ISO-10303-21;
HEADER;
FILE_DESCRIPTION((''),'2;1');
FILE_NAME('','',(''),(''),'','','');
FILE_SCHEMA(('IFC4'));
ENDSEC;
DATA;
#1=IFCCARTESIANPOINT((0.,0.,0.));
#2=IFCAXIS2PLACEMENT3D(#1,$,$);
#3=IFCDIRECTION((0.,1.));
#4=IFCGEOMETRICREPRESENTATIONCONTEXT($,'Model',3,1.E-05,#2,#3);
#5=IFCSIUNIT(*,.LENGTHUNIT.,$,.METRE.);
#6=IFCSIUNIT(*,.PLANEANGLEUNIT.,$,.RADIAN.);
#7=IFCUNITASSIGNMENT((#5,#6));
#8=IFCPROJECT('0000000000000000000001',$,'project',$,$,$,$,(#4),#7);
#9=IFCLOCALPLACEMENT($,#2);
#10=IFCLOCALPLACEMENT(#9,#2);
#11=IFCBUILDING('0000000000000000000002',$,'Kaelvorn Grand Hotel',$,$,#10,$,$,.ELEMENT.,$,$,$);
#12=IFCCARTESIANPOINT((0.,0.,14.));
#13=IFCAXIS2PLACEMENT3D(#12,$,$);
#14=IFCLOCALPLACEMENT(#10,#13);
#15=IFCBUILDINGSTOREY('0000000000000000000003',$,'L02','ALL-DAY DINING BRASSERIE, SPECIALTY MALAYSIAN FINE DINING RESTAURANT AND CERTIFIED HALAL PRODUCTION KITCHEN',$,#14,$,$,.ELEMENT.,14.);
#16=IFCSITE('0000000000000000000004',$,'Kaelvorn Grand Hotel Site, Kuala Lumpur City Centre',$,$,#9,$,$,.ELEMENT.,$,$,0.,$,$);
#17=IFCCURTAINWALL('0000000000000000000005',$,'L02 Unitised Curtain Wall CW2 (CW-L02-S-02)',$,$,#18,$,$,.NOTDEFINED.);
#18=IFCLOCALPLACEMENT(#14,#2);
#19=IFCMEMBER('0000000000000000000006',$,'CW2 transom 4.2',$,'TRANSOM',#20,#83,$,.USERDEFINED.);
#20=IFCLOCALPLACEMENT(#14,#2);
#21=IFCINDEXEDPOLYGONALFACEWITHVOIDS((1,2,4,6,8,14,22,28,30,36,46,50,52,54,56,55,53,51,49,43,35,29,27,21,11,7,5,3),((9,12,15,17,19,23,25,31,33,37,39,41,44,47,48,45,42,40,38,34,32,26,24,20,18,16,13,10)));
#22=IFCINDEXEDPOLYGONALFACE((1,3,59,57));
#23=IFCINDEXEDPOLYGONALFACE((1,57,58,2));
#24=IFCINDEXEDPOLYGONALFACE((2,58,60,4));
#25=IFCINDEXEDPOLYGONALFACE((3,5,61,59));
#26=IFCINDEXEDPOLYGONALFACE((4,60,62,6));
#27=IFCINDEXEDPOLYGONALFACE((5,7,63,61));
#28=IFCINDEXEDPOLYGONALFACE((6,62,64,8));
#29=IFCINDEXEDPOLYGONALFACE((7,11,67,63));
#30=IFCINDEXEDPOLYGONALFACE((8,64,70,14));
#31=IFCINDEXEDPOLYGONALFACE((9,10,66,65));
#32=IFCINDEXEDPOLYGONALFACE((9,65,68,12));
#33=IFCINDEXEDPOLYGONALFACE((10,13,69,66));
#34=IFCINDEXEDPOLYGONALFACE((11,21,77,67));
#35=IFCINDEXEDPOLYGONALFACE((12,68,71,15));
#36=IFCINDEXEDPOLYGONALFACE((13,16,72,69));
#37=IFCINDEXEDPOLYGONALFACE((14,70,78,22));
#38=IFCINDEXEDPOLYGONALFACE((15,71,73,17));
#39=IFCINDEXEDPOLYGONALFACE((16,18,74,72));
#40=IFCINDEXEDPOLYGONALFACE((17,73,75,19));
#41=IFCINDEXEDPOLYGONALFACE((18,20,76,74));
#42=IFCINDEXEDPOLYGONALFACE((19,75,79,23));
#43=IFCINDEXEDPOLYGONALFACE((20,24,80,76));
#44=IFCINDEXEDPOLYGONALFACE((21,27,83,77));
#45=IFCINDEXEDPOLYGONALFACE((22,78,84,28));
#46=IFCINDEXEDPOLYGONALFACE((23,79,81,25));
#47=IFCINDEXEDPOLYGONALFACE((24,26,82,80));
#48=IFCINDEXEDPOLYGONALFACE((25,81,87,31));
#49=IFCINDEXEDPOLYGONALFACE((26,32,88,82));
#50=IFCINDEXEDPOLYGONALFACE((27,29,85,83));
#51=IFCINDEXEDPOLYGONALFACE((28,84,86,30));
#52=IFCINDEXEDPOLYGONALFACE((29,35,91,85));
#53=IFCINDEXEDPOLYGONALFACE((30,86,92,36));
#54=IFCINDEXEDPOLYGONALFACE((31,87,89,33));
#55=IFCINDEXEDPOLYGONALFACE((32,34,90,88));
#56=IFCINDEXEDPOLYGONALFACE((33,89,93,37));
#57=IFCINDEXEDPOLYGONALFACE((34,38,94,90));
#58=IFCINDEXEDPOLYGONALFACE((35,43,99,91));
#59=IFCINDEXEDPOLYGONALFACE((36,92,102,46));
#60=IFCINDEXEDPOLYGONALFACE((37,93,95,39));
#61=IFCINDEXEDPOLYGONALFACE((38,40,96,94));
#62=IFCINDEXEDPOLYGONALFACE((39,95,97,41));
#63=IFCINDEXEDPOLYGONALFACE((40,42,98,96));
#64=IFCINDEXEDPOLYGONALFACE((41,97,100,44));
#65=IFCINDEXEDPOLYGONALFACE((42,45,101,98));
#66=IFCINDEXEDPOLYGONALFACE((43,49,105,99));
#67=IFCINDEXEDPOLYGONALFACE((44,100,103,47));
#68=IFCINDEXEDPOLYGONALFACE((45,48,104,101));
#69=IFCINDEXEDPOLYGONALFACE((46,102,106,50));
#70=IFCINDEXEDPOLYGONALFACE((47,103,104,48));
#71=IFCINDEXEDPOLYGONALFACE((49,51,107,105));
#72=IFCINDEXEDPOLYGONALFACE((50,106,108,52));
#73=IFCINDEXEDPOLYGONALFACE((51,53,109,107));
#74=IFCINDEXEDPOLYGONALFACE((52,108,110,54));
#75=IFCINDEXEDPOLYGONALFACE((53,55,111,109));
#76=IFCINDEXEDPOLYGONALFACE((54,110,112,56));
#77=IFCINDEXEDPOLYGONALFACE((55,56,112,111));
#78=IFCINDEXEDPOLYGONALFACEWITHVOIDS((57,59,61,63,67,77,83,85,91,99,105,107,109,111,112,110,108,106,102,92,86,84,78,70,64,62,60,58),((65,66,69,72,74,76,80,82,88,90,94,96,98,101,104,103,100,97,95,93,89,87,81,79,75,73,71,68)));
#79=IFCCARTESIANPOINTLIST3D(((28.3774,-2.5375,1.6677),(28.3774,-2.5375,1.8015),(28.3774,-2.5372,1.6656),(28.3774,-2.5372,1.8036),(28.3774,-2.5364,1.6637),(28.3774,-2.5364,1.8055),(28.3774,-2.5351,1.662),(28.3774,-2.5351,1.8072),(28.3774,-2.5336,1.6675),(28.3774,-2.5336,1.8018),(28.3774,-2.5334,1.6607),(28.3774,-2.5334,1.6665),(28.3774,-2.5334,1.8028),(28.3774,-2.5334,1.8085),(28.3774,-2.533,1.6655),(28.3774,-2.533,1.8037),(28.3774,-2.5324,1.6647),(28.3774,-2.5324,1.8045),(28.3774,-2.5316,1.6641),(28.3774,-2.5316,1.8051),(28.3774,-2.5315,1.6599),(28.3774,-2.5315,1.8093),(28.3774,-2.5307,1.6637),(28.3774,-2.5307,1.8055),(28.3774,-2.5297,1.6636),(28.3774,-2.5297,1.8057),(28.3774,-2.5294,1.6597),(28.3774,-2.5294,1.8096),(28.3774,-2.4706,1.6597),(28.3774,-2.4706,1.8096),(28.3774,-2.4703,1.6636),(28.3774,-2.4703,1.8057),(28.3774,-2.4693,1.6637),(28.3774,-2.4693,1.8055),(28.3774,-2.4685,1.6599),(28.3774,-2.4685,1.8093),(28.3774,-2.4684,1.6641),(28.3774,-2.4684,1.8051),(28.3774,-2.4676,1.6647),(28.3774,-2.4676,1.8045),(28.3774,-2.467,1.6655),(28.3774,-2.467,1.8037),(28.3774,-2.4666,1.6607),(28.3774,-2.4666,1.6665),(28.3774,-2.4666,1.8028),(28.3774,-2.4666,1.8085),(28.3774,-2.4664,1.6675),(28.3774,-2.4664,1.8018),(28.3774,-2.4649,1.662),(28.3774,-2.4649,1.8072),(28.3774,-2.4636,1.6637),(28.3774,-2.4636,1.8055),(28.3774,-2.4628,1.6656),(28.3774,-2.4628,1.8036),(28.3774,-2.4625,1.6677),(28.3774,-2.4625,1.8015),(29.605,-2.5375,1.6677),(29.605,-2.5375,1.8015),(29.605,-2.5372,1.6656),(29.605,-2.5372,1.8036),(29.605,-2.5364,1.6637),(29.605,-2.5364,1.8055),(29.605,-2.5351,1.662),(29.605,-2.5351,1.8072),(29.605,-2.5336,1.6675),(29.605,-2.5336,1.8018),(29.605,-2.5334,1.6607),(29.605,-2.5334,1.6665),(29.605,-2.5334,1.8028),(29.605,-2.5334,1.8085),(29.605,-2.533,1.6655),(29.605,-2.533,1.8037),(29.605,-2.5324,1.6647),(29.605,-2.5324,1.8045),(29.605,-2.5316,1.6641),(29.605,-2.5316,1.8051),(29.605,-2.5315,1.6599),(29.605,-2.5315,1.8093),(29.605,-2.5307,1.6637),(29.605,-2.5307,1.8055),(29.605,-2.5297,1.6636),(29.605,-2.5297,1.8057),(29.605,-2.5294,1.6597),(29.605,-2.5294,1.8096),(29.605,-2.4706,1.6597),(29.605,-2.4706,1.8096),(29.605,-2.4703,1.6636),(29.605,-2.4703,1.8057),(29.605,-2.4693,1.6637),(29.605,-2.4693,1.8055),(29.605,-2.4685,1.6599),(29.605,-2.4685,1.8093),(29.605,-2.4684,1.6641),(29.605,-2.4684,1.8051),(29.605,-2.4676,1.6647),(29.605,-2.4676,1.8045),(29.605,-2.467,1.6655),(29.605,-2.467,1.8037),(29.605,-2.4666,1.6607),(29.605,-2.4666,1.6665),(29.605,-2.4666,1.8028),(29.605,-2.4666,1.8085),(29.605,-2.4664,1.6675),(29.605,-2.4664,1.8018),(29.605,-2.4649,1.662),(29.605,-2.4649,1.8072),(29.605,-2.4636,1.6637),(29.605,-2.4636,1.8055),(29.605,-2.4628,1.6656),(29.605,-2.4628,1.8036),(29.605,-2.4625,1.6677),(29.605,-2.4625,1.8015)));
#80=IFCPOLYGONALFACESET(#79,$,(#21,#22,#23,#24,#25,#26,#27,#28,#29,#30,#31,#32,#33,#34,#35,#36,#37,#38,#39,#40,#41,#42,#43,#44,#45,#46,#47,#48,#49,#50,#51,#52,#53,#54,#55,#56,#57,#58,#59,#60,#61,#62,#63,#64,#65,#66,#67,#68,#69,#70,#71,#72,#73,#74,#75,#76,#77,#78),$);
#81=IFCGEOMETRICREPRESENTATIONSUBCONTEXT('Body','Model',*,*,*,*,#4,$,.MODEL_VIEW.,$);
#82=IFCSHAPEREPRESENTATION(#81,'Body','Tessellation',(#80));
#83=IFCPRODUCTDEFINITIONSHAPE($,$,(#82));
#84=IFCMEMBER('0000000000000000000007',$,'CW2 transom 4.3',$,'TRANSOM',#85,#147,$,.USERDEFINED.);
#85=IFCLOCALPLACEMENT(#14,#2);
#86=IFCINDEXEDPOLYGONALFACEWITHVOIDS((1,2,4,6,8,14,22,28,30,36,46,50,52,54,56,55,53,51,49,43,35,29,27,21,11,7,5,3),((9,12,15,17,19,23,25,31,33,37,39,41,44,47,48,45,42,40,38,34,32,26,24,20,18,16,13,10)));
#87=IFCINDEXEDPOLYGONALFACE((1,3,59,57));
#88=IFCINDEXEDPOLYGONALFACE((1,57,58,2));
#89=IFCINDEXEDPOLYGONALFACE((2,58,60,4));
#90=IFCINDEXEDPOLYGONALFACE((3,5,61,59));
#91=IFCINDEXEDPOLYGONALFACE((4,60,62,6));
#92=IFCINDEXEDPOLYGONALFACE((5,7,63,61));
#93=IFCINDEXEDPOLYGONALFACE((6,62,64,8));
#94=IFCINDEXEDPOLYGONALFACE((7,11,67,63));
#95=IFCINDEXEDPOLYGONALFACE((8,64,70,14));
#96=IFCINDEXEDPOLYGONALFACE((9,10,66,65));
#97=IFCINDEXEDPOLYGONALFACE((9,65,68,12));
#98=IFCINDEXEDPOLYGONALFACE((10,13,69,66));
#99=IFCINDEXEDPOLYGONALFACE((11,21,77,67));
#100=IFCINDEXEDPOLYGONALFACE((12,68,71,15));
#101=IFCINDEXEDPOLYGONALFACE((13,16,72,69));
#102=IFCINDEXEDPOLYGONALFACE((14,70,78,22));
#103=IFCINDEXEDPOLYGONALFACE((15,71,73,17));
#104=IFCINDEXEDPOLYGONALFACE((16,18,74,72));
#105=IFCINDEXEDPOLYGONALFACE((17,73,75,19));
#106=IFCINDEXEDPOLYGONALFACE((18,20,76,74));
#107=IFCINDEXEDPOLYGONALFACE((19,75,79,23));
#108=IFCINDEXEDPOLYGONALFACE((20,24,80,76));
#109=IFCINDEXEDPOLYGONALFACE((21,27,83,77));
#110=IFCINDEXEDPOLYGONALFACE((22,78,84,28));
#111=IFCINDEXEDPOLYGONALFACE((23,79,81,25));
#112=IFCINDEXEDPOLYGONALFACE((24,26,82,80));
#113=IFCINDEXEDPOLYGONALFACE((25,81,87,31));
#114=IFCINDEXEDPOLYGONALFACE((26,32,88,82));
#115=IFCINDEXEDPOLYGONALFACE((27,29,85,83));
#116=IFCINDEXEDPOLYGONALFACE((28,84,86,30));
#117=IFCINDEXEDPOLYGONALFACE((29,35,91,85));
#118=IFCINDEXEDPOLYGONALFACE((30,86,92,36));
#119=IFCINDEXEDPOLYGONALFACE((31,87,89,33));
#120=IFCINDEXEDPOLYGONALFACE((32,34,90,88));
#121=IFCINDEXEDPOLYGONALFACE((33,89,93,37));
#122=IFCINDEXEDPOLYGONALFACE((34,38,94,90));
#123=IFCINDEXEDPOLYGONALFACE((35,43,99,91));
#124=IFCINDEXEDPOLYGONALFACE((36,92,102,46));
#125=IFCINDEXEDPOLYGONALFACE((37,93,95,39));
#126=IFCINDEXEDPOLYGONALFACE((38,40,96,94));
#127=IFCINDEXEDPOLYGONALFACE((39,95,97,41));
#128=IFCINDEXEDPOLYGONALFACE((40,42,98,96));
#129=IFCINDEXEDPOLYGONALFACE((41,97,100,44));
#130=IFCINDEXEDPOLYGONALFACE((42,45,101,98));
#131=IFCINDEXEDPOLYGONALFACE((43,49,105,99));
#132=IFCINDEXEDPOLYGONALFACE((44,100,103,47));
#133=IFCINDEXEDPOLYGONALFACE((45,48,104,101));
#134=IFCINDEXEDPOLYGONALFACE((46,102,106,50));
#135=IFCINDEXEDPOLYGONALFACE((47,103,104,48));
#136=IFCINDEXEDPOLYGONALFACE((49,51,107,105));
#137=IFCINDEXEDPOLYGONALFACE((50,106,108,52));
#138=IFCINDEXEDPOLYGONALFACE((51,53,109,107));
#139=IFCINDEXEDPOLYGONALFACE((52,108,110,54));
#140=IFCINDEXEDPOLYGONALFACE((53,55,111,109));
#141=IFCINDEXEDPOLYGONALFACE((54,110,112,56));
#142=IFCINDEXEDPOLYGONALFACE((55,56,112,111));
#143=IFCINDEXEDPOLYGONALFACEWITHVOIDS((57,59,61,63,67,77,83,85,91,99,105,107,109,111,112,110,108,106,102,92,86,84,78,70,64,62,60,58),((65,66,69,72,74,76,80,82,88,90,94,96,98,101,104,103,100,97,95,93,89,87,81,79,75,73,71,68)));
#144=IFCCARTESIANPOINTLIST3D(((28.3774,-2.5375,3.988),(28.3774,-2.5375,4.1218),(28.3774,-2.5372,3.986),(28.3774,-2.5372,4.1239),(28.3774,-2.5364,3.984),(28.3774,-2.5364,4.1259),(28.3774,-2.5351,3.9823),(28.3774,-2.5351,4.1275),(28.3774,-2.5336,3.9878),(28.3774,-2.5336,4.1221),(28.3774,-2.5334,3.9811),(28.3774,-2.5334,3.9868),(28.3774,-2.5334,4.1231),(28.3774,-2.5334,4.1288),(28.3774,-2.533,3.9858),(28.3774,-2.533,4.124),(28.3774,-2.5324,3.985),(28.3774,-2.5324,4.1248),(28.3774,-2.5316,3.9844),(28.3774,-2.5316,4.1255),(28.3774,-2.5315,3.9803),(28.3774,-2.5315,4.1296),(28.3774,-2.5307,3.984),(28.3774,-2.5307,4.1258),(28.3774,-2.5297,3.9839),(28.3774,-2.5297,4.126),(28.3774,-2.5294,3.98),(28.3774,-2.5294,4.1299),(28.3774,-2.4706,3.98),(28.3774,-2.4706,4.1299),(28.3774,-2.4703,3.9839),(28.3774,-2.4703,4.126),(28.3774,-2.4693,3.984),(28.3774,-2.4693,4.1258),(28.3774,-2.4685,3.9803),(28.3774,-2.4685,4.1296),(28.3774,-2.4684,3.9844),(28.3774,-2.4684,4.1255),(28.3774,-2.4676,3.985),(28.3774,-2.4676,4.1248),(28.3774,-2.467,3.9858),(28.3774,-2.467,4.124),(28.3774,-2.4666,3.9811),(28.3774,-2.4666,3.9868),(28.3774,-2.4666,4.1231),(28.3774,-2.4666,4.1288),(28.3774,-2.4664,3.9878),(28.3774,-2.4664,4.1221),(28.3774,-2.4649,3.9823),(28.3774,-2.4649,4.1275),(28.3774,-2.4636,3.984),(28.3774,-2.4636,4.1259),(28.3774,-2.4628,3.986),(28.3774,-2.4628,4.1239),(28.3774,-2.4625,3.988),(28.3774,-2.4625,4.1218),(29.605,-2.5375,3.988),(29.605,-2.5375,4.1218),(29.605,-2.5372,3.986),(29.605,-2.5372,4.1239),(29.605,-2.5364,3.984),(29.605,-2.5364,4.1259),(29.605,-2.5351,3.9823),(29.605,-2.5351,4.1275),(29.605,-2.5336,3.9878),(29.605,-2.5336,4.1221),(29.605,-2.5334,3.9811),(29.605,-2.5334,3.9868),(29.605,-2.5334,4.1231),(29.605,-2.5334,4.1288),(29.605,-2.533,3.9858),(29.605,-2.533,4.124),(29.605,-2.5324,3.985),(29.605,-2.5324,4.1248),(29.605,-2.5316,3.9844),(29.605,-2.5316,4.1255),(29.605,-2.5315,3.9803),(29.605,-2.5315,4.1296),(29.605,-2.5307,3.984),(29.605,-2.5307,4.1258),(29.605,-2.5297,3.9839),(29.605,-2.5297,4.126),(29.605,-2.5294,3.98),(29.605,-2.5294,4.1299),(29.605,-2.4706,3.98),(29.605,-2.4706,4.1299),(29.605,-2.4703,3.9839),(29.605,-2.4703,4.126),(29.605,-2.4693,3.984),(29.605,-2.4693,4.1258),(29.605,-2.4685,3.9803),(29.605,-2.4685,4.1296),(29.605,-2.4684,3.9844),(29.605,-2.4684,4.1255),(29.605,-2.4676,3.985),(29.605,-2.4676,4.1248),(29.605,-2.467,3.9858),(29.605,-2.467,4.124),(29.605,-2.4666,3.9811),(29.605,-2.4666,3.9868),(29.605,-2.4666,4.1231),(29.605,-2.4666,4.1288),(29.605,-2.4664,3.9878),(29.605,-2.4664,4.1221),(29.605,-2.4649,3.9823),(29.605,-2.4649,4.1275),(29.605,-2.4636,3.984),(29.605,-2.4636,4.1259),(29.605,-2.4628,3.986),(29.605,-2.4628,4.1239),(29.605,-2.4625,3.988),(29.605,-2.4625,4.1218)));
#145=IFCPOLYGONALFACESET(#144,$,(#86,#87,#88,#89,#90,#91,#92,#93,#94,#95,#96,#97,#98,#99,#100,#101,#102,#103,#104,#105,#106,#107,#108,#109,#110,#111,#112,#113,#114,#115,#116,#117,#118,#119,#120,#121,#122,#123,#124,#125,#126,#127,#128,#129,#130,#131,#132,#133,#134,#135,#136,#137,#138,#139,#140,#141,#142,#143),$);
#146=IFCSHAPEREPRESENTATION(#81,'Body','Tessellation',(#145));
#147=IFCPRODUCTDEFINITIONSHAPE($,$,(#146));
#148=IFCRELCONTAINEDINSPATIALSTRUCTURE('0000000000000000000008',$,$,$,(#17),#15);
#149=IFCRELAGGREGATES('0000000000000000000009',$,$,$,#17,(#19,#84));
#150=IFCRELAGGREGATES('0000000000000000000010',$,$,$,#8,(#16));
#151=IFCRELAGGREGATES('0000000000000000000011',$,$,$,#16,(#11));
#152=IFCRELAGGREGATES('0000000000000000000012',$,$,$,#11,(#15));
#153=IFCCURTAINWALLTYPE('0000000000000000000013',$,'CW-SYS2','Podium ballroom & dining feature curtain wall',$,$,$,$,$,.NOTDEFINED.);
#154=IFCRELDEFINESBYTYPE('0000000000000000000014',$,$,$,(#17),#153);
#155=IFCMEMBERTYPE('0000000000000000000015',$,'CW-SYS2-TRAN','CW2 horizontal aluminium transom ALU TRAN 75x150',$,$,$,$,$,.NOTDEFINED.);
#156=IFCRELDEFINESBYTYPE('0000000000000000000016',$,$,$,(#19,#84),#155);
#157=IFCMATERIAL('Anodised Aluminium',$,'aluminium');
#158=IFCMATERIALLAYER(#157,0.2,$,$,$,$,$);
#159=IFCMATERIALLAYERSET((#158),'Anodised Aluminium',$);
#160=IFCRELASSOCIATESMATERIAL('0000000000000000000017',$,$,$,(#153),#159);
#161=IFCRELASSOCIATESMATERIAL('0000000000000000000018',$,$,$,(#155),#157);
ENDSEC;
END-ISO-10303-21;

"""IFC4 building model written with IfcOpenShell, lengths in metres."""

from ifc_helpers import new_model, si_unit, direction, frame, origin, origin_2d, place, context, subcontext, project, spatial, hollow_rectangle, extrude, material, layer, layer_set, material_profile, profile_set, type_object, element, aggregate, save


model = new_model("IFC4")

# Units and contexts
model_context = context("Model", 3, precision=1e-05, world=origin(), true_north=direction((0.0, 1.0)))
body_context = subcontext(model_context, "Body", "Model", "MODEL_VIEW")
ifc_project = project(units=[si_unit("LENGTHUNIT", "METRE"), si_unit("PLANEANGLEUNIT", "RADIAN")], contexts=[model_context])

# Site, building, storey
site_placement = place(None, origin())
site = spatial("IfcSite", under=ifc_project, at=site_placement, Name="Kaelvorn Grand Hotel Site, Kuala Lumpur City Centre", CompositionType="ELEMENT", RefElevation=0.0)
building_placement = place(site_placement, origin())
building = spatial("IfcBuilding", under=site, at=building_placement, Name="Kaelvorn Grand Hotel", CompositionType="ELEMENT")
storey_placement = place(building_placement, frame((0.0, 0.0, 14.0)))
storey = spatial("IfcBuildingStorey", under=building, at=storey_placement, Name="L02", Description="ALL-DAY DINING BRASSERIE, SPECIALTY MALAYSIAN FINE DINING RESTAURANT AND CERTIFIED HALAL PRODUCTION KITCHEN", CompositionType="ELEMENT", Elevation=14.0)

# Shared definitions
ifc_material_1 = material(Name="Anodised Aluminium", Category="aluminium")
ifc_layer_1 = layer(ifc_material_1, 0.2)
ifc_layer_set_1 = layer_set([ifc_layer_1], Name="Anodised Aluminium")
curtain_wall_type = type_object("IfcCurtainWallType", Name="CW-SYS2", Description="Podium ballroom & dining feature curtain wall", PredefinedType="NOTDEFINED", material=ifc_layer_set_1)

# Curtain wall
curtain_wall_1_placement = place(storey_placement, origin())
curtain_wall_1 = element("IfcCurtainWall", 1, at=curtain_wall_1_placement, inside=storey, type_object=curtain_wall_type, Name="L02 Unitised Curtain Wall CW2 (CW-L02-S-02)", PredefinedType="NOTDEFINED")

# Members
ifc_material_profile_1 = material_profile(ifc_material_1, hollow_rectangle(XDim=0.075, YDim=0.1499, WallThickness=0.0039, InnerFilletRadius=0.0039, OuterFilletRadius=0.0081, at=origin_2d()), Name="ALU TRAN 75x150")
ifc_profile_set_1 = profile_set([ifc_material_profile_1], Name="Anodised Aluminium")
member_type_1 = type_object("IfcMemberType", Name="CW-SYS2-TRAN", Description="CW2 horizontal aluminium transom ALU TRAN 75x150", PredefinedType="NOTDEFINED", material=ifc_profile_set_1)
member_1_placement = place(storey_placement, frame((28.3774, -2.5, 1.7346), z_axis=(1.0, 0.0, 0.0), x_axis=(0.0, 1.0, 0.0)))
member_1 = element("IfcMember", 2, at=member_1_placement, type_object=member_type_1, Name="CW2 transom 4.2", ObjectType="TRANSOM", PredefinedType="USERDEFINED", context=body_context, shape_type="SweptSolid", body=[
    extrude(hollow_rectangle(XDim=0.075, YDim=0.1499, WallThickness=0.0039, InnerFilletRadius=0.0039, OuterFilletRadius=0.0081, at=origin_2d()), origin(), (0.0, 0.0, 1.0), 1.2275),
])
member_2_placement = place(storey_placement, frame((28.3774, -2.5, 4.0549), z_axis=(1.0, 0.0, 0.0), x_axis=(0.0, 1.0, 0.0)))
member_2 = element("IfcMember", 3, at=member_2_placement, type_object=member_type_1, Name="CW2 transom 4.3", ObjectType="TRANSOM", PredefinedType="USERDEFINED", context=body_context, shape_type="SweptSolid", body=[
    extrude(hollow_rectangle(XDim=0.075, YDim=0.1499, WallThickness=0.0039, InnerFilletRadius=0.0039, OuterFilletRadius=0.0081, at=origin_2d()), origin(), (0.0, 0.0, 1.0), 1.2275),
])

aggregate(curtain_wall_1, [member_1, member_2])

save(model, "model.ifc")
